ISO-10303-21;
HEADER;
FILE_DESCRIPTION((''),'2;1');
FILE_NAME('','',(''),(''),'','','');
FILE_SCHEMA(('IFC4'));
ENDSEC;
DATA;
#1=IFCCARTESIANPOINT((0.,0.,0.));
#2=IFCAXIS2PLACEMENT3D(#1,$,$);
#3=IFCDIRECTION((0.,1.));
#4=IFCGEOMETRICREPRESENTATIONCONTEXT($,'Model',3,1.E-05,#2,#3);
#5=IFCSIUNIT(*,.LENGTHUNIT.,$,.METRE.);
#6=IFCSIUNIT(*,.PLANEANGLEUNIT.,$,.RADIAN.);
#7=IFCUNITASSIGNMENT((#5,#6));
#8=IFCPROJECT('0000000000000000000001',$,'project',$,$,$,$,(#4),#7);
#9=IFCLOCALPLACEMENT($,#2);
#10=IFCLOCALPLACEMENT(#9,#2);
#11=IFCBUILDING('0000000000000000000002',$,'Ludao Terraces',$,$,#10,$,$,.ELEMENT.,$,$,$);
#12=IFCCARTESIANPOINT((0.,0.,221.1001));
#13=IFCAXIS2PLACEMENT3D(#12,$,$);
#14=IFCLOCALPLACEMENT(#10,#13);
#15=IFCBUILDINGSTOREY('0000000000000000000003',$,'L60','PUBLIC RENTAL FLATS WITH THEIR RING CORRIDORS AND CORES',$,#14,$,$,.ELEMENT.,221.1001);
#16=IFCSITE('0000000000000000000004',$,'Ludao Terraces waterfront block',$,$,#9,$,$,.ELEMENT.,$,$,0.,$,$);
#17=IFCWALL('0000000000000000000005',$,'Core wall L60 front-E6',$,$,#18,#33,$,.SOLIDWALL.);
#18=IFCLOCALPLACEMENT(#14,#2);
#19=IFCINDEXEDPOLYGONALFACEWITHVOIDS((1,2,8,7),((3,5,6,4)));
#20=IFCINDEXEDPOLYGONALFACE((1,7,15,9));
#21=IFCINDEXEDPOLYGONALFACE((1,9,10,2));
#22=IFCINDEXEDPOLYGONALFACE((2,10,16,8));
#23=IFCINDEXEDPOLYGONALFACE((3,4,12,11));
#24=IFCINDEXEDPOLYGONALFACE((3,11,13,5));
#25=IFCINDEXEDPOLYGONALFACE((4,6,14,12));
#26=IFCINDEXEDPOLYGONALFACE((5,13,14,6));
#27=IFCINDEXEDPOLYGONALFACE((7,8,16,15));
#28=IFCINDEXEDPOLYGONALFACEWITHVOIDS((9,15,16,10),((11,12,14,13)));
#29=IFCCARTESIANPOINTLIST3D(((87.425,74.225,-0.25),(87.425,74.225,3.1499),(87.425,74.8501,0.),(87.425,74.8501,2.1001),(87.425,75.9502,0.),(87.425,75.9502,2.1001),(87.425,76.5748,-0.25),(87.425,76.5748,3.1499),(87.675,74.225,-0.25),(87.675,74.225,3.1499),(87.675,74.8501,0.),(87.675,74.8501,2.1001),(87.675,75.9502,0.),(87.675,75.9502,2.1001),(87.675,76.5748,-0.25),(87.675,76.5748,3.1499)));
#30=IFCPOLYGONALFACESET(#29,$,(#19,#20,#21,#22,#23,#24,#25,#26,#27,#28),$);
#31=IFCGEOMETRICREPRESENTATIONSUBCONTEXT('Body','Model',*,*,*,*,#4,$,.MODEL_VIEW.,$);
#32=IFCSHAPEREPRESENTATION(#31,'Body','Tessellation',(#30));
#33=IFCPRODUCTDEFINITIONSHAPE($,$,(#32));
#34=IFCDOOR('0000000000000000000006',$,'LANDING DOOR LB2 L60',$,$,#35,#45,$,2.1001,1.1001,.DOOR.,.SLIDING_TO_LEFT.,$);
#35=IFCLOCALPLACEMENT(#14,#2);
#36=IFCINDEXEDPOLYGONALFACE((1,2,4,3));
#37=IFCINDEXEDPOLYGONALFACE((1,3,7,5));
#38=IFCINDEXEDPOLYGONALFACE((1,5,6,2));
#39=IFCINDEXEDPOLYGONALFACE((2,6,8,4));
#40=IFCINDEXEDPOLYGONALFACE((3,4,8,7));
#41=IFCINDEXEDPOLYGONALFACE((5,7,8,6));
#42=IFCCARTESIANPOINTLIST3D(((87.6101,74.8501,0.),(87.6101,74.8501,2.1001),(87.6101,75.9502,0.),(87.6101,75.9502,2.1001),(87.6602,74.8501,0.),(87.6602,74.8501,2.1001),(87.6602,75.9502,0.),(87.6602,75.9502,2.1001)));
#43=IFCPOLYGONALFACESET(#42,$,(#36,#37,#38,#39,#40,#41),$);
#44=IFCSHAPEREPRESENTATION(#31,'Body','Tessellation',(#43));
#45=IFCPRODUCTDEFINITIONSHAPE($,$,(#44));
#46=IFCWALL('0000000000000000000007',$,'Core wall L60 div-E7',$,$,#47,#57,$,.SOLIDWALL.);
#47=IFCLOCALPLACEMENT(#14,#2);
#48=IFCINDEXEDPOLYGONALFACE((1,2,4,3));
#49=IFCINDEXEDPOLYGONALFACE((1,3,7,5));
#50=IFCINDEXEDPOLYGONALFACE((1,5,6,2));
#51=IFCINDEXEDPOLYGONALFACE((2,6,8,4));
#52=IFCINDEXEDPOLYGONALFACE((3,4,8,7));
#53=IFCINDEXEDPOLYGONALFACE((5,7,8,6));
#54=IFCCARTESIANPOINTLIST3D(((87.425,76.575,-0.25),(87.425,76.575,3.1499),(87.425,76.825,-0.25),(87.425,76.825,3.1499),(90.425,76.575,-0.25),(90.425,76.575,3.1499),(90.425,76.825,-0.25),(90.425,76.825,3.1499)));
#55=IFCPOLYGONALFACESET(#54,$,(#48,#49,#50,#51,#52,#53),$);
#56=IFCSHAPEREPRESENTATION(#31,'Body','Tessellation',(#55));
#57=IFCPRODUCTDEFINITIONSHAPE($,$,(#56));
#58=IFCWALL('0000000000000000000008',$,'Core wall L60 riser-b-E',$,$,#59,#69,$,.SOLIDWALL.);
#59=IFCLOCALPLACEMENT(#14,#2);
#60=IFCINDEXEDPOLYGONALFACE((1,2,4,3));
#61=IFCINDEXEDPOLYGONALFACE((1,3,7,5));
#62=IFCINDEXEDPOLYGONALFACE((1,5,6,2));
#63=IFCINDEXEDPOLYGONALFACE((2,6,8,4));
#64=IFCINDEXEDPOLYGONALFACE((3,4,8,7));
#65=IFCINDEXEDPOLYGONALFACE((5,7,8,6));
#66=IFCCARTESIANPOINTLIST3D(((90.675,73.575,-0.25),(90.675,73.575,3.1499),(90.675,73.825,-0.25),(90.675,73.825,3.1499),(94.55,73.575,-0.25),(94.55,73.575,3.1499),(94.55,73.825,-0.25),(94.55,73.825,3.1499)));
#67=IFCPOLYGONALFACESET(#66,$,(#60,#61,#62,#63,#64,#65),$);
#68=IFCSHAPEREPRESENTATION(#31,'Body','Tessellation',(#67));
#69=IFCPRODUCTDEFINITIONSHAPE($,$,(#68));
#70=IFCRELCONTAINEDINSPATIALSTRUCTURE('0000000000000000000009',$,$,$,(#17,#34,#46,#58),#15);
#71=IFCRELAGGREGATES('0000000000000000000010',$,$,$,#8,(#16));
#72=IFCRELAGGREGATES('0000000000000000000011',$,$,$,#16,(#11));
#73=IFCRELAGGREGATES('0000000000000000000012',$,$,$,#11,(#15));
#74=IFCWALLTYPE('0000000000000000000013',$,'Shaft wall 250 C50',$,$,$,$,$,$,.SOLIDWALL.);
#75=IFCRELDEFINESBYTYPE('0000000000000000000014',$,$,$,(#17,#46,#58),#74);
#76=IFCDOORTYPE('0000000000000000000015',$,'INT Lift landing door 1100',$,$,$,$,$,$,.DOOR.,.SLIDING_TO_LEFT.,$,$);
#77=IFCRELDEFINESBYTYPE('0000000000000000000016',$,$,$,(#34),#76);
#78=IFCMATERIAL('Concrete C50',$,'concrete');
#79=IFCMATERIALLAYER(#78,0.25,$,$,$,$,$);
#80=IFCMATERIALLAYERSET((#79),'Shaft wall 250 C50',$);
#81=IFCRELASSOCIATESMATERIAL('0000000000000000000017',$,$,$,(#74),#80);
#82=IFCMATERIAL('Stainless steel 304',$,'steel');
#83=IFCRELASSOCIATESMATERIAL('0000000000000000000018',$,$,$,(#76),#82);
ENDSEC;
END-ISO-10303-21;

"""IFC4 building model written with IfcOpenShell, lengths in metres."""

from ifc_helpers import new_model, si_unit, direction, frame, frame_2d, origin, place, context, subcontext, project, spatial, rectangle, extrude, material, layer, layer_set, type_object, element, fill, save


model = new_model("IFC4")

# Units and contexts
model_context = context("Model", 3, precision=1e-05, world=origin(), true_north=direction((0.0, 1.0)))
body_context = subcontext(model_context, "Body", "Model", "MODEL_VIEW")
ifc_project = project(units=[si_unit("LENGTHUNIT", "METRE"), si_unit("PLANEANGLEUNIT", "RADIAN")], contexts=[model_context])

# Site, building, storey
site_placement = place(None, origin())
site = spatial("IfcSite", under=ifc_project, at=site_placement, Name="Ludao Terraces waterfront block", CompositionType="ELEMENT", RefElevation=0.0)
building_placement = place(site_placement, origin())
building = spatial("IfcBuilding", under=site, at=building_placement, Name="Ludao Terraces", CompositionType="ELEMENT")
storey_placement = place(building_placement, frame((0.0, 0.0, 221.1001)))
storey = spatial("IfcBuildingStorey", under=building, at=storey_placement, Name="L60", Description="PUBLIC RENTAL FLATS WITH THEIR RING CORRIDORS AND CORES", CompositionType="ELEMENT", Elevation=221.1001)

# Shared definitions
ifc_material_1 = material(Name="Concrete C50", Category="concrete")
ifc_layer_1 = layer(ifc_material_1, 0.25)
ifc_layer_set_1 = layer_set([ifc_layer_1], Name="Shaft wall 250 C50")
wall_type_1 = type_object("IfcWallType", Name="Shaft wall 250 C50", PredefinedType="SOLIDWALL", material=ifc_layer_set_1)

# Shared definitions
ifc_material_2 = material(Name="Stainless steel 304", Category="steel")
door_type_1 = type_object("IfcDoorType", Name="INT Lift landing door 1100", OperationType="SLIDING_TO_LEFT", PredefinedType="DOOR", material=ifc_material_2)

# Wall, opening, door
wall_1_placement = place(storey_placement, frame((87.55, 74.2251, -0.25), z_axis=(0.0, 0.0, 1.0), x_axis=(0.0, 1.0, 0.0)))
wall_1 = element("IfcWall", 1, at=wall_1_placement, inside=storey, type_object=wall_type_1, Name="Core wall L60 front-E6", PredefinedType="SOLIDWALL", context=body_context, shape_type="SweptSolid", body=[
    extrude(rectangle(XDim=2.3499, YDim=0.25, at=frame_2d((1.1748, 0.0))), origin(), (0.0, 0.0, 1.0), 3.3999),
])
opening_1_placement = place(wall_1_placement, frame((0.625, 0.0, 0.25)))
opening_1 = element("IfcOpeningElement", 2, at=opening_1_placement, cuts=wall_1, PredefinedType="OPENING", context=body_context, shape_type="SweptSolid", body=[
    extrude(rectangle(XDim=1.1001, YDim=2.1001, at=frame_2d((0.55, 1.05))), frame((0.0, 0.135, 0.0), z_axis=(0.0, -1.0, 0.0), x_axis=(1.0, 0.0, 0.0)), (0.0, 0.0, 1.0), 0.27),
])
door_1_placement = place(opening_1_placement, origin())
door_1 = element("IfcDoor", 3, at=door_1_placement, inside=storey, type_object=door_type_1, Name="LANDING DOOR LB2 L60", OperationType="SLIDING_TO_LEFT", OverallHeight=2.1001, OverallWidth=1.1001, PredefinedType="DOOR", context=body_context, shape_type="SweptSolid", body=[
    extrude(rectangle(XDim=1.1001, YDim=2.1001, at=frame_2d((0.55, 1.05))), frame((0.0, -0.0601, 0.0), z_axis=(0.0, -1.0, 0.0), x_axis=(1.0, 0.0, 0.0)), (0.0, 0.0, 1.0), 0.05),
])
fill(opening_1, door_1)

# Walls
wall_2_placement = place(storey_placement, frame((87.425, 76.7, -0.25), z_axis=(0.0, 0.0, 1.0), x_axis=(1.0, 0.0, 0.0)))
element("IfcWall", 4, at=wall_2_placement, inside=storey, type_object=wall_type_1, Name="Core wall L60 div-E7", PredefinedType="SOLIDWALL", context=body_context, shape_type="SweptSolid", body=[
    extrude(rectangle(XDim=3.0, YDim=0.25, at=frame_2d((1.5, 0.0))), origin(), (0.0, 0.0, 1.0), 3.3999),
])
wall_3_placement = place(storey_placement, frame((90.675, 73.7, -0.25), z_axis=(0.0, 0.0, 1.0), x_axis=(1.0, 0.0, 0.0)))
element("IfcWall", 5, at=wall_3_placement, inside=storey, type_object=wall_type_1, Name="Core wall L60 riser-b-E", PredefinedType="SOLIDWALL", context=body_context, shape_type="SweptSolid", body=[
    extrude(rectangle(XDim=3.875, YDim=0.25, at=frame_2d((1.9375, 0.0))), origin(), (0.0, 0.0, 1.0), 3.3999),
])

save(model, "model.ifc")
